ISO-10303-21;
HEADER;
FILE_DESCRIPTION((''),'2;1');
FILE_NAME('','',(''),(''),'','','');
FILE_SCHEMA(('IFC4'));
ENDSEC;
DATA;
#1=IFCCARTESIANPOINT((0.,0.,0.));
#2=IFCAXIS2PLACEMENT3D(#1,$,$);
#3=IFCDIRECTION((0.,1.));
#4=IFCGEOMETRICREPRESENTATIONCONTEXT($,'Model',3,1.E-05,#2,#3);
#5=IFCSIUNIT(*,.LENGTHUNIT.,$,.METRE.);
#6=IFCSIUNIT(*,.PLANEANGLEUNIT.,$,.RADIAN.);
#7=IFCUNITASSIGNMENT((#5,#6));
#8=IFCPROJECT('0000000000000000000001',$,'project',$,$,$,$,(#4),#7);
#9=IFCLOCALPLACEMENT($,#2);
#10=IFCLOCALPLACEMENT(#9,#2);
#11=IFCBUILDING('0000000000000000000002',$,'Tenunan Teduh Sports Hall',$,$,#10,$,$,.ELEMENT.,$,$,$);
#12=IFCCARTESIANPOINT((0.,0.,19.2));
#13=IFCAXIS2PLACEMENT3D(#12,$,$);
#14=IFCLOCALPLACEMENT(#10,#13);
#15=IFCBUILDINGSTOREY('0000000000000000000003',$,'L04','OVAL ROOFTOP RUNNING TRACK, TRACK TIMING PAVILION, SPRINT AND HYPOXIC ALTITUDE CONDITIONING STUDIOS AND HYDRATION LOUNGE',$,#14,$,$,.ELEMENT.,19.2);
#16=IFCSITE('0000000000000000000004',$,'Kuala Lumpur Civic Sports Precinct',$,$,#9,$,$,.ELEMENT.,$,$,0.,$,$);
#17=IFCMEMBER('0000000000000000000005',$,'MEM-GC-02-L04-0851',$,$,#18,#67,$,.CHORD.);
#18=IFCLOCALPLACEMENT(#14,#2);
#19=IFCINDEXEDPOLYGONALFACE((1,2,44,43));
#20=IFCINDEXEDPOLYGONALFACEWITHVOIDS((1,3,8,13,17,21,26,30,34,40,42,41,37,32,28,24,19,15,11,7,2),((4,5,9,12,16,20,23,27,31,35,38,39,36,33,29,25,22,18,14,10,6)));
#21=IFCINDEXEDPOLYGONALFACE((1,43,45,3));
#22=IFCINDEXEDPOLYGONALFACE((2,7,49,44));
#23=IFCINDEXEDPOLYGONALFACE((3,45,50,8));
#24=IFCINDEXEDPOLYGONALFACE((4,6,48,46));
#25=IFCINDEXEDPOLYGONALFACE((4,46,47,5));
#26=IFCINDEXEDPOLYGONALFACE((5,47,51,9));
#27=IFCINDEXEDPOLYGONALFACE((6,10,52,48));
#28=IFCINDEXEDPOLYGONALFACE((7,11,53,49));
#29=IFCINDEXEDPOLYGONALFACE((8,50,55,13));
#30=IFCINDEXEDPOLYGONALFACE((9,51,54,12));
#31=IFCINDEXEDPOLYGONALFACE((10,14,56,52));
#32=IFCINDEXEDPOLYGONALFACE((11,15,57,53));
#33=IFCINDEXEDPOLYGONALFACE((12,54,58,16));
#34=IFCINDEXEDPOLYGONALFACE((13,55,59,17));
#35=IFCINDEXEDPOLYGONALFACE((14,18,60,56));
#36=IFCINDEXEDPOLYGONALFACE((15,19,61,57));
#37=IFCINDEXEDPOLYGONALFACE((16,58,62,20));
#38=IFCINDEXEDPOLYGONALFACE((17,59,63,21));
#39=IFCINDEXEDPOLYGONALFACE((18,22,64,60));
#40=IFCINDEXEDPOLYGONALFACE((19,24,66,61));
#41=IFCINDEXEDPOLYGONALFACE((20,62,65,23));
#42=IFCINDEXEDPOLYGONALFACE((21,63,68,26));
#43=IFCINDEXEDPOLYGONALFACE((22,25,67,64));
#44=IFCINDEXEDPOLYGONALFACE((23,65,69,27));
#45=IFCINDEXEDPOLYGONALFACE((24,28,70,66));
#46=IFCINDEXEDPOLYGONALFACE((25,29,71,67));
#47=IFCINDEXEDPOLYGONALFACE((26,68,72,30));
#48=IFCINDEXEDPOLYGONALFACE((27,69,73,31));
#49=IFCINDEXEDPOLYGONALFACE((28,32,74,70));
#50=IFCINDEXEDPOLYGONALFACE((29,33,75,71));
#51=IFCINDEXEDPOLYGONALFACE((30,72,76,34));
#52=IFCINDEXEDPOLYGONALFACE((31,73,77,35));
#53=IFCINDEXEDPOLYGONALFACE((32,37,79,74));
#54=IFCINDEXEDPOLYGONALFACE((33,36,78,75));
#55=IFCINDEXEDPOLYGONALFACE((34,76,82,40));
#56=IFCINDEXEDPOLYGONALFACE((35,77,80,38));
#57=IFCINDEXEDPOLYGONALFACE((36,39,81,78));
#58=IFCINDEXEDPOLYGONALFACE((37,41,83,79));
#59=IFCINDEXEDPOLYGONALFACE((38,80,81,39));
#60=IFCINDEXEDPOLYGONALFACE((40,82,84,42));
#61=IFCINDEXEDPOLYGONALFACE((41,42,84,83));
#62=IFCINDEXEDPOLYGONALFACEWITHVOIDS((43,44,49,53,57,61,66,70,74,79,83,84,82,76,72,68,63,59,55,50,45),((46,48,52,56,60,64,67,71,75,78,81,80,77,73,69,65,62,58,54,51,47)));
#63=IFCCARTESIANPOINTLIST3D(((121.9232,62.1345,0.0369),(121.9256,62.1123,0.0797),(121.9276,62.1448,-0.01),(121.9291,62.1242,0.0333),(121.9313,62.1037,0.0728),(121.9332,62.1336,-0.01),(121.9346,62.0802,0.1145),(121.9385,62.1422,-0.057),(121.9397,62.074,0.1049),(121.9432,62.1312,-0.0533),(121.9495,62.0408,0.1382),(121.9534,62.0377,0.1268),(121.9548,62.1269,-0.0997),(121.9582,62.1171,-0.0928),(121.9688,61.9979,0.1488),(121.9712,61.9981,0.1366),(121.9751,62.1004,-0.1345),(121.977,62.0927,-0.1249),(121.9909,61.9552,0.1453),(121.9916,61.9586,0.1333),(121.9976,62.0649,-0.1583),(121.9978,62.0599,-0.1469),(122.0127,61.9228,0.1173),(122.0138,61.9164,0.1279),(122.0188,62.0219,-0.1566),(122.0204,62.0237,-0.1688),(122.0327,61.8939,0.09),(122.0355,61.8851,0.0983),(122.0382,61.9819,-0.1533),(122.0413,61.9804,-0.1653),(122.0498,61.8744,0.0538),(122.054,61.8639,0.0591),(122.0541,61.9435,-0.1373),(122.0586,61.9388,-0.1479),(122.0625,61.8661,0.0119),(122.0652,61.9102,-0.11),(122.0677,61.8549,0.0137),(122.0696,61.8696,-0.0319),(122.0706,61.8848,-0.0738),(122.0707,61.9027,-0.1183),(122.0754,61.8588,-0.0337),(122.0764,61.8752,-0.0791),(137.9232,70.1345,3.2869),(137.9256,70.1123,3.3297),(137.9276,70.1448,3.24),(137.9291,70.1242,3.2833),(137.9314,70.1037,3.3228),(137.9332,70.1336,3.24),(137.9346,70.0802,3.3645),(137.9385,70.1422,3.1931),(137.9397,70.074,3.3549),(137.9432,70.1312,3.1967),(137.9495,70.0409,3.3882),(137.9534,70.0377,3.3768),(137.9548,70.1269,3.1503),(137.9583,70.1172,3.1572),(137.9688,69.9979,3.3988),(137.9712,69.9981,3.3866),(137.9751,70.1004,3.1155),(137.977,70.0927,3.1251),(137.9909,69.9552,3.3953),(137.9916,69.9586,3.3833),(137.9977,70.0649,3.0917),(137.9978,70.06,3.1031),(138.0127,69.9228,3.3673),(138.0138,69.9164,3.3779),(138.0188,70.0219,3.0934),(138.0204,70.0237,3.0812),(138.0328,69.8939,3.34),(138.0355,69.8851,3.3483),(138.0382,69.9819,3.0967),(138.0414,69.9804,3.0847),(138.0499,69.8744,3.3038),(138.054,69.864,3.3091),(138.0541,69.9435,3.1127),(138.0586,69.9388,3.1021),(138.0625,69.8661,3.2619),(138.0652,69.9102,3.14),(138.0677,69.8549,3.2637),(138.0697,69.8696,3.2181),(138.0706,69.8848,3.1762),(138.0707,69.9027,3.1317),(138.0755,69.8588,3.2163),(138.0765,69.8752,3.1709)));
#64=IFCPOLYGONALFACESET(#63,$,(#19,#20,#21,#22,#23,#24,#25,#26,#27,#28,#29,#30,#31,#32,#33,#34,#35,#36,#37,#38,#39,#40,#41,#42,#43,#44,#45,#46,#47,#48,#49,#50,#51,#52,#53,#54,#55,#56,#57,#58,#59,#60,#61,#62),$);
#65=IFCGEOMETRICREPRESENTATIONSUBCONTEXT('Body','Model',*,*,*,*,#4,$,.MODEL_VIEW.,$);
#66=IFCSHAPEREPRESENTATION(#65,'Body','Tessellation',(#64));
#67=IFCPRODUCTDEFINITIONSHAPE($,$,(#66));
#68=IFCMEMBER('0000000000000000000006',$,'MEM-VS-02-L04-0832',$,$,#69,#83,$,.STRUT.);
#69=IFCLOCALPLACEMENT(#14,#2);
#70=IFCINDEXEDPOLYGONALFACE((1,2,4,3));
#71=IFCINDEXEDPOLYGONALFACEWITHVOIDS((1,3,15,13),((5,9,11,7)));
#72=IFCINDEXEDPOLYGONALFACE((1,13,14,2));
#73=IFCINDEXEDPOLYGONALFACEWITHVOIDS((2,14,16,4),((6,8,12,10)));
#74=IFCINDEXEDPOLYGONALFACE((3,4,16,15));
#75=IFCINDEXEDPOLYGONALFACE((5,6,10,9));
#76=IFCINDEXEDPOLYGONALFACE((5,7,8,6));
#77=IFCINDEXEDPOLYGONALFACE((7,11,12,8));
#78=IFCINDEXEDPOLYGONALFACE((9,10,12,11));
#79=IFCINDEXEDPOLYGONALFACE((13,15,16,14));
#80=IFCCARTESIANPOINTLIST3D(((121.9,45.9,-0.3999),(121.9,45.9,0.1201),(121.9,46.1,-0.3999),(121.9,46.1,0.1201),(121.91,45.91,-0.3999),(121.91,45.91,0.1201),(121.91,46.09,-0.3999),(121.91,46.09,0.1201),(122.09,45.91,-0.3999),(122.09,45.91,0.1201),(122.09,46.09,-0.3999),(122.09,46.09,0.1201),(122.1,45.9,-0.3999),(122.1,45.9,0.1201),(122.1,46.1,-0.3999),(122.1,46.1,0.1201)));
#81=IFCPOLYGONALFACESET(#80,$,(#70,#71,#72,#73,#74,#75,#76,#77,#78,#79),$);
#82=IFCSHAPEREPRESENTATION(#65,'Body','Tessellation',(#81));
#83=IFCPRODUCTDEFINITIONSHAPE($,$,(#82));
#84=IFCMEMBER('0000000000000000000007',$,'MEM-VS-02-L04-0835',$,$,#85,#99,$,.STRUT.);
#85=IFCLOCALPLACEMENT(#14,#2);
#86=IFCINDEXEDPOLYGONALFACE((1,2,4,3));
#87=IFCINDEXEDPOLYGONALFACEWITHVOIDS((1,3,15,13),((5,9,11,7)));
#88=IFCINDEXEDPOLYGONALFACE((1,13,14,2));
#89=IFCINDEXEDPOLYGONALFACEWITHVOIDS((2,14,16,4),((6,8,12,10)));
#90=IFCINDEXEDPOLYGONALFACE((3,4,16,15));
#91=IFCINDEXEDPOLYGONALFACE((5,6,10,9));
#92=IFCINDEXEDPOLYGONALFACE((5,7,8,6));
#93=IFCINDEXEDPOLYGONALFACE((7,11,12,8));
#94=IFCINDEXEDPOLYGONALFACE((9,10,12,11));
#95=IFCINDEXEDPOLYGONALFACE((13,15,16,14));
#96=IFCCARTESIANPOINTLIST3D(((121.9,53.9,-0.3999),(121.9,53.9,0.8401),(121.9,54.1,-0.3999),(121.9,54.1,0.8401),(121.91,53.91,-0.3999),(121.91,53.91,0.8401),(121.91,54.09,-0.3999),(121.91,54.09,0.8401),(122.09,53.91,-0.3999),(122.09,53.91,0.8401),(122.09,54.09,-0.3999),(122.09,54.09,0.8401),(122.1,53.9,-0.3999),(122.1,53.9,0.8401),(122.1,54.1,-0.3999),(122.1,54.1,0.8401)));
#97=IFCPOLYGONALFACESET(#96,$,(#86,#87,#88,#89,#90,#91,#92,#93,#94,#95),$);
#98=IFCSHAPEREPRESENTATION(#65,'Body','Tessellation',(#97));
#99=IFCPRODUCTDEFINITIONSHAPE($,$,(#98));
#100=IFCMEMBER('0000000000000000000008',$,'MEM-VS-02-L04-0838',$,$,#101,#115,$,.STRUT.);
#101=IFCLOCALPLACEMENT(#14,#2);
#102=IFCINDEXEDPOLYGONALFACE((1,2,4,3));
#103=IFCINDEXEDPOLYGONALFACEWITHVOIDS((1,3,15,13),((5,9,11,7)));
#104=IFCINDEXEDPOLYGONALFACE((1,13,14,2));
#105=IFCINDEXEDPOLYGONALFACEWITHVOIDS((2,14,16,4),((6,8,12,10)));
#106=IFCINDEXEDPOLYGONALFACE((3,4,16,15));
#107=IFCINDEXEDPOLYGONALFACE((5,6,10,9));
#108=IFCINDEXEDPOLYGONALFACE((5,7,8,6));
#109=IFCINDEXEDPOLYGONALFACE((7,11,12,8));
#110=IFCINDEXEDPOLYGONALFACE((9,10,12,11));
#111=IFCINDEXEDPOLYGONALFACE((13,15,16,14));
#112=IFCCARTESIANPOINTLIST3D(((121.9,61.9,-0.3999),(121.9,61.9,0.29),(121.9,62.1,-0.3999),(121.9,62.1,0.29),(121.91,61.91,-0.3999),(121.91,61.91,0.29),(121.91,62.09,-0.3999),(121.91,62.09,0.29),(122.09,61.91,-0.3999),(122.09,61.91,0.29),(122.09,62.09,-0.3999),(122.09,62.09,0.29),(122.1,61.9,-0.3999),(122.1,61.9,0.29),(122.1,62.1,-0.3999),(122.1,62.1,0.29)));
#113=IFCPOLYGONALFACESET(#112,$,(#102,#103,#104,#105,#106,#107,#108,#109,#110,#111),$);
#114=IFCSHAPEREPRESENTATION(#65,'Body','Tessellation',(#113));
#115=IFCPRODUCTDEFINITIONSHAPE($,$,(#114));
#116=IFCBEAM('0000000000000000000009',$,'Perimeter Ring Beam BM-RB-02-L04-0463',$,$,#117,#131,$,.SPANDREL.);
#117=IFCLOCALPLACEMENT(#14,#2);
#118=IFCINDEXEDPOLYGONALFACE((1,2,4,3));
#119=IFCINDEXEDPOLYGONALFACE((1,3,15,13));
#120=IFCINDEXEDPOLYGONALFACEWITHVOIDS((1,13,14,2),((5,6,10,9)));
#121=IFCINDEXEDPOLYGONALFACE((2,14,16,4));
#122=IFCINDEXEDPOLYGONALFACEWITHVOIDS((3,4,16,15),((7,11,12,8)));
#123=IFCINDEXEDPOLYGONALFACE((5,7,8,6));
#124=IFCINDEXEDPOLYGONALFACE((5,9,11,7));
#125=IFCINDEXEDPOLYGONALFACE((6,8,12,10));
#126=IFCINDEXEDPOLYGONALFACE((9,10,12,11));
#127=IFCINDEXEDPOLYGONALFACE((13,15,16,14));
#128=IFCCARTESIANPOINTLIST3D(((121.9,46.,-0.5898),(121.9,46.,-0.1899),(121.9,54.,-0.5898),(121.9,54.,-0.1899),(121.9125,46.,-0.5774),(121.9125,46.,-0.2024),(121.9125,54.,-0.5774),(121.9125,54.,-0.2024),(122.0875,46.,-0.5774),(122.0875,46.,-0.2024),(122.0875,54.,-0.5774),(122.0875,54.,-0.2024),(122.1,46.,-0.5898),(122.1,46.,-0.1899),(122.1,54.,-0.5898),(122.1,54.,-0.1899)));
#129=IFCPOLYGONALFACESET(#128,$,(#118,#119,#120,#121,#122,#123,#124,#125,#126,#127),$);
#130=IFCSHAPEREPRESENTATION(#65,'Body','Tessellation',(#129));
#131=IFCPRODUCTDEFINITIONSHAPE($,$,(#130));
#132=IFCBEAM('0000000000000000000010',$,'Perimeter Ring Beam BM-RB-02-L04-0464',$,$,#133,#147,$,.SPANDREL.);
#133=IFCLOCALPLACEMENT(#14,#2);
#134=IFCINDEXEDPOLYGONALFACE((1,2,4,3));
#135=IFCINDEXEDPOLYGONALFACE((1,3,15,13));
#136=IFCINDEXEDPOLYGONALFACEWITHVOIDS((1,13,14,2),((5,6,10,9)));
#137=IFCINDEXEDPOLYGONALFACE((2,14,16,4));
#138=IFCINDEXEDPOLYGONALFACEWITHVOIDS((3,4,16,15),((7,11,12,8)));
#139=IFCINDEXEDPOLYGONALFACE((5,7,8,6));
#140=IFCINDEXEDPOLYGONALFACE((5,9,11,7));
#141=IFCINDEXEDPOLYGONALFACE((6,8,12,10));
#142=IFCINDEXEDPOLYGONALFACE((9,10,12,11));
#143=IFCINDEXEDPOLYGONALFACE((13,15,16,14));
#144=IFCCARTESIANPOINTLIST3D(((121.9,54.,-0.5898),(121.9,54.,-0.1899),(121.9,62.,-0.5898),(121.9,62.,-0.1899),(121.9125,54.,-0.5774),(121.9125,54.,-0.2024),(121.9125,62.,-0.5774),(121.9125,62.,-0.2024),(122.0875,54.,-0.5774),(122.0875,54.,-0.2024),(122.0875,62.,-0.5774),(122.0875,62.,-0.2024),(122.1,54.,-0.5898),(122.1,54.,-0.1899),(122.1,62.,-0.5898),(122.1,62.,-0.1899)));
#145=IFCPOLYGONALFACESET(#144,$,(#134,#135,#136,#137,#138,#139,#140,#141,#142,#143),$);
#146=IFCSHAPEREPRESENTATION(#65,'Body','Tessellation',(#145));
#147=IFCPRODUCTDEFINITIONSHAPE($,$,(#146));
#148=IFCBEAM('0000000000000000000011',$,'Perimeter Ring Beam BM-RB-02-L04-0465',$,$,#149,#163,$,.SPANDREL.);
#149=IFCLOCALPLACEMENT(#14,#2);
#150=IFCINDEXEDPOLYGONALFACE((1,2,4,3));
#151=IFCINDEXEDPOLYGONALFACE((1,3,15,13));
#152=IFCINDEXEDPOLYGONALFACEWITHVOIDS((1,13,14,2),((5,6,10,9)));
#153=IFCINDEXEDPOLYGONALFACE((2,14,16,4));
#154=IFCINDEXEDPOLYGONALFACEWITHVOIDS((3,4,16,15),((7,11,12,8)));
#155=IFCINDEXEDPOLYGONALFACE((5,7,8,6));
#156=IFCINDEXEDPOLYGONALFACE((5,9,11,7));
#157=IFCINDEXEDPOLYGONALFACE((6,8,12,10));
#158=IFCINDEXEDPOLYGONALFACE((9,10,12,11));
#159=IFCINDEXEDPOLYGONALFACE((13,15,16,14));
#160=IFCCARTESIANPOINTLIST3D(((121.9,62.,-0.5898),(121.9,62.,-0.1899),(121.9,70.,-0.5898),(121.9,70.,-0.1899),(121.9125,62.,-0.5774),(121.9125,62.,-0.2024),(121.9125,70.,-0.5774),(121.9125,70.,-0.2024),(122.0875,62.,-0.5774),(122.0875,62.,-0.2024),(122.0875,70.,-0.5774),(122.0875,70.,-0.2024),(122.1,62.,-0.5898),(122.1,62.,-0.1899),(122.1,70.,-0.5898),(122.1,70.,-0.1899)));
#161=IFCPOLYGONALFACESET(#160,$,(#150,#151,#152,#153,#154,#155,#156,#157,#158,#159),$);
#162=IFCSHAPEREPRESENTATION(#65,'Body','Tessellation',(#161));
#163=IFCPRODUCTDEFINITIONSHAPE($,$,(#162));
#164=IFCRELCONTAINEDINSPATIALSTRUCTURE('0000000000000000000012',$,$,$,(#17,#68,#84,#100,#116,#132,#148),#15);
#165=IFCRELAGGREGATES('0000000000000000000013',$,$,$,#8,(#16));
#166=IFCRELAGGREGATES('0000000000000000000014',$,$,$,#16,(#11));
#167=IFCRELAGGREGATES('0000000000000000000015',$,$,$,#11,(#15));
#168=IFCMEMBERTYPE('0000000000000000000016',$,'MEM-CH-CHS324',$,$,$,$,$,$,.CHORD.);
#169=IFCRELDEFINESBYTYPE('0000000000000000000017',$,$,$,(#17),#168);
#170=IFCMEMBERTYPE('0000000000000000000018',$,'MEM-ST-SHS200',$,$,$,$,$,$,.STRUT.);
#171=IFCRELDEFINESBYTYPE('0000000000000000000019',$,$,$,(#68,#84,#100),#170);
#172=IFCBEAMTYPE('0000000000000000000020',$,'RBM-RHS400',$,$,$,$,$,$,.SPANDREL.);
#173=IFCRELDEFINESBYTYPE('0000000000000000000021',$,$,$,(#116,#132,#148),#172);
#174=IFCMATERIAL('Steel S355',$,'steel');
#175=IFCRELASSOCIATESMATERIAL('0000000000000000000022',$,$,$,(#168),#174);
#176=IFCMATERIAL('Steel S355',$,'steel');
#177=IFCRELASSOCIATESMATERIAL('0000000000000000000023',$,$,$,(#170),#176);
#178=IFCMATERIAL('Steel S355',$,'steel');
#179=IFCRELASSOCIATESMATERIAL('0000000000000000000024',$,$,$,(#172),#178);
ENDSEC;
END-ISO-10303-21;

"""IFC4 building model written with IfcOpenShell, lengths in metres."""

from ifc_helpers import new_model, si_unit, direction, frame, origin, origin_2d, place, context, subcontext, project, spatial, hollow_rectangle, hollow_circle, extrude, material, material_profile, profile_set, type_object, element, save


model = new_model("IFC4")

# Units and contexts
model_context = context("Model", 3, precision=1e-05, world=origin(), true_north=direction((0.0, 1.0)))
body_context = subcontext(model_context, "Body", "Model", "MODEL_VIEW")
ifc_project = project(units=[si_unit("LENGTHUNIT", "METRE"), si_unit("PLANEANGLEUNIT", "RADIAN")], contexts=[model_context])

# Site, building, storey
site_placement = place(None, origin())
site = spatial("IfcSite", under=ifc_project, at=site_placement, Name="Kuala Lumpur Civic Sports Precinct", CompositionType="ELEMENT", RefElevation=0.0)
building_placement = place(site_placement, origin())
building = spatial("IfcBuilding", under=site, at=building_placement, Name="Tenunan Teduh Sports Hall", CompositionType="ELEMENT")
storey_placement = place(building_placement, frame((0.0, 0.0, 19.2)))
storey = spatial("IfcBuildingStorey", under=building, at=storey_placement, Name="L04", Description="OVAL ROOFTOP RUNNING TRACK, TRACK TIMING PAVILION, SPRINT AND HYPOXIC ALTITUDE CONDITIONING STUDIOS AND HYDRATION LOUNGE", CompositionType="ELEMENT", Elevation=19.2)

# Members
ifc_material_1 = material(Name="Steel S355", Category="steel")
ifc_material_profile_1 = material_profile(ifc_material_1, hollow_circle(Radius=0.1619, WallThickness=0.0125, at=origin_2d()), Name="CHS 323.9x12.5")
ifc_profile_set_1 = profile_set([ifc_material_profile_1], Name="Steel S355")
member_type_1 = type_object("IfcMemberType", Name="MEM-CH-CHS324", PredefinedType="CHORD", material=ifc_profile_set_1)
member_1_placement = place(storey_placement, frame((122.0, 62.0, -0.01), z_axis=(0.880021, 0.440011, 0.178754), x_axis=(-0.447214, 0.894427, 0.0)))
element("IfcMember", 1, at=member_1_placement, inside=storey, type_object=member_type_1, Name="MEM-GC-02-L04-0851", PredefinedType="CHORD", context=body_context, shape_type="SweptSolid", body=[
    extrude(hollow_circle(Radius=0.1619, WallThickness=0.0125, at=origin_2d()), origin(), (0.0, 0.0, 1.0), 18.1814),
])
ifc_material_2 = material(Name="Steel S355", Category="steel")
ifc_material_profile_2 = material_profile(ifc_material_2, hollow_rectangle(XDim=0.2, YDim=0.2, WallThickness=0.01, at=origin_2d()), Name="SHS 200x200x10.0")
ifc_profile_set_2 = profile_set([ifc_material_profile_2], Name="Steel S355")
member_type_2 = type_object("IfcMemberType", Name="MEM-ST-SHS200", PredefinedType="STRUT", material=ifc_profile_set_2)
member_2_placement = place(storey_placement, frame((122.0, 46.0, -0.3999), z_axis=(0.0, 0.0, 1.0), x_axis=(1.0, 0.0, 0.0)))
element("IfcMember", 2, at=member_2_placement, inside=storey, type_object=member_type_2, Name="MEM-VS-02-L04-0832", PredefinedType="STRUT", context=body_context, shape_type="SweptSolid", body=[
    extrude(hollow_rectangle(XDim=0.2, YDim=0.2, WallThickness=0.01, at=origin_2d()), origin(), (0.0, 0.0, 1.0), 0.52),
])
member_3_placement = place(storey_placement, frame((122.0, 54.0, -0.3999), z_axis=(0.0, 0.0, 1.0), x_axis=(1.0, 0.0, 0.0)))
element("IfcMember", 3, at=member_3_placement, inside=storey, type_object=member_type_2, Name="MEM-VS-02-L04-0835", PredefinedType="STRUT", context=body_context, shape_type="SweptSolid", body=[
    extrude(hollow_rectangle(XDim=0.2, YDim=0.2, WallThickness=0.01, at=origin_2d()), origin(), (0.0, 0.0, 1.0), 1.24),
])
member_4_placement = place(storey_placement, frame((122.0, 62.0, -0.3999), z_axis=(0.0, 0.0, 1.0), x_axis=(1.0, 0.0, 0.0)))
element("IfcMember", 4, at=member_4_placement, inside=storey, type_object=member_type_2, Name="MEM-VS-02-L04-0838", PredefinedType="STRUT", context=body_context, shape_type="SweptSolid", body=[
    extrude(hollow_rectangle(XDim=0.2, YDim=0.2, WallThickness=0.01, at=origin_2d()), origin(), (0.0, 0.0, 1.0), 0.6899),
])

# Beams
ifc_material_3 = material(Name="Steel S355", Category="steel")
ifc_material_profile_3 = material_profile(ifc_material_3, hollow_rectangle(XDim=0.2, YDim=0.3999, WallThickness=0.0125, at=origin_2d()), Name="RHS 400x200x12.5")
ifc_profile_set_3 = profile_set([ifc_material_profile_3], Name="Steel S355")
beam_type_1 = type_object("IfcBeamType", Name="RBM-RHS400", PredefinedType="SPANDREL", material=ifc_profile_set_3)
for number, where, z_axis, x_axis, name in (
    (5, (122.0, 46.0, -0.3899), (0.0, 1.0, 0.0), (-1.0, 0.0, 0.0), "Perimeter Ring Beam BM-RB-02-L04-0463"),
    (6, (122.0, 54.0, -0.3899), (0.0, 1.0, 0.0), (-1.0, 0.0, 0.0), "Perimeter Ring Beam BM-RB-02-L04-0464"),
    (7, (122.0, 62.0, -0.3899), (0.0, 1.0, 0.0), (-1.0, 0.0, 0.0), "Perimeter Ring Beam BM-RB-02-L04-0465"),
):
    element("IfcBeam", number, at=place(storey_placement, frame(where, z_axis=z_axis, x_axis=x_axis)), inside=storey, type_object=beam_type_1, Name=name, PredefinedType="SPANDREL", context=body_context, shape_type="SweptSolid", body=[
        extrude(hollow_rectangle(XDim=0.2, YDim=0.3999, WallThickness=0.0125, at=origin_2d()), origin(), (0.0, 0.0, 1.0), 8.0),
    ])

save(model, "model.ifc")
